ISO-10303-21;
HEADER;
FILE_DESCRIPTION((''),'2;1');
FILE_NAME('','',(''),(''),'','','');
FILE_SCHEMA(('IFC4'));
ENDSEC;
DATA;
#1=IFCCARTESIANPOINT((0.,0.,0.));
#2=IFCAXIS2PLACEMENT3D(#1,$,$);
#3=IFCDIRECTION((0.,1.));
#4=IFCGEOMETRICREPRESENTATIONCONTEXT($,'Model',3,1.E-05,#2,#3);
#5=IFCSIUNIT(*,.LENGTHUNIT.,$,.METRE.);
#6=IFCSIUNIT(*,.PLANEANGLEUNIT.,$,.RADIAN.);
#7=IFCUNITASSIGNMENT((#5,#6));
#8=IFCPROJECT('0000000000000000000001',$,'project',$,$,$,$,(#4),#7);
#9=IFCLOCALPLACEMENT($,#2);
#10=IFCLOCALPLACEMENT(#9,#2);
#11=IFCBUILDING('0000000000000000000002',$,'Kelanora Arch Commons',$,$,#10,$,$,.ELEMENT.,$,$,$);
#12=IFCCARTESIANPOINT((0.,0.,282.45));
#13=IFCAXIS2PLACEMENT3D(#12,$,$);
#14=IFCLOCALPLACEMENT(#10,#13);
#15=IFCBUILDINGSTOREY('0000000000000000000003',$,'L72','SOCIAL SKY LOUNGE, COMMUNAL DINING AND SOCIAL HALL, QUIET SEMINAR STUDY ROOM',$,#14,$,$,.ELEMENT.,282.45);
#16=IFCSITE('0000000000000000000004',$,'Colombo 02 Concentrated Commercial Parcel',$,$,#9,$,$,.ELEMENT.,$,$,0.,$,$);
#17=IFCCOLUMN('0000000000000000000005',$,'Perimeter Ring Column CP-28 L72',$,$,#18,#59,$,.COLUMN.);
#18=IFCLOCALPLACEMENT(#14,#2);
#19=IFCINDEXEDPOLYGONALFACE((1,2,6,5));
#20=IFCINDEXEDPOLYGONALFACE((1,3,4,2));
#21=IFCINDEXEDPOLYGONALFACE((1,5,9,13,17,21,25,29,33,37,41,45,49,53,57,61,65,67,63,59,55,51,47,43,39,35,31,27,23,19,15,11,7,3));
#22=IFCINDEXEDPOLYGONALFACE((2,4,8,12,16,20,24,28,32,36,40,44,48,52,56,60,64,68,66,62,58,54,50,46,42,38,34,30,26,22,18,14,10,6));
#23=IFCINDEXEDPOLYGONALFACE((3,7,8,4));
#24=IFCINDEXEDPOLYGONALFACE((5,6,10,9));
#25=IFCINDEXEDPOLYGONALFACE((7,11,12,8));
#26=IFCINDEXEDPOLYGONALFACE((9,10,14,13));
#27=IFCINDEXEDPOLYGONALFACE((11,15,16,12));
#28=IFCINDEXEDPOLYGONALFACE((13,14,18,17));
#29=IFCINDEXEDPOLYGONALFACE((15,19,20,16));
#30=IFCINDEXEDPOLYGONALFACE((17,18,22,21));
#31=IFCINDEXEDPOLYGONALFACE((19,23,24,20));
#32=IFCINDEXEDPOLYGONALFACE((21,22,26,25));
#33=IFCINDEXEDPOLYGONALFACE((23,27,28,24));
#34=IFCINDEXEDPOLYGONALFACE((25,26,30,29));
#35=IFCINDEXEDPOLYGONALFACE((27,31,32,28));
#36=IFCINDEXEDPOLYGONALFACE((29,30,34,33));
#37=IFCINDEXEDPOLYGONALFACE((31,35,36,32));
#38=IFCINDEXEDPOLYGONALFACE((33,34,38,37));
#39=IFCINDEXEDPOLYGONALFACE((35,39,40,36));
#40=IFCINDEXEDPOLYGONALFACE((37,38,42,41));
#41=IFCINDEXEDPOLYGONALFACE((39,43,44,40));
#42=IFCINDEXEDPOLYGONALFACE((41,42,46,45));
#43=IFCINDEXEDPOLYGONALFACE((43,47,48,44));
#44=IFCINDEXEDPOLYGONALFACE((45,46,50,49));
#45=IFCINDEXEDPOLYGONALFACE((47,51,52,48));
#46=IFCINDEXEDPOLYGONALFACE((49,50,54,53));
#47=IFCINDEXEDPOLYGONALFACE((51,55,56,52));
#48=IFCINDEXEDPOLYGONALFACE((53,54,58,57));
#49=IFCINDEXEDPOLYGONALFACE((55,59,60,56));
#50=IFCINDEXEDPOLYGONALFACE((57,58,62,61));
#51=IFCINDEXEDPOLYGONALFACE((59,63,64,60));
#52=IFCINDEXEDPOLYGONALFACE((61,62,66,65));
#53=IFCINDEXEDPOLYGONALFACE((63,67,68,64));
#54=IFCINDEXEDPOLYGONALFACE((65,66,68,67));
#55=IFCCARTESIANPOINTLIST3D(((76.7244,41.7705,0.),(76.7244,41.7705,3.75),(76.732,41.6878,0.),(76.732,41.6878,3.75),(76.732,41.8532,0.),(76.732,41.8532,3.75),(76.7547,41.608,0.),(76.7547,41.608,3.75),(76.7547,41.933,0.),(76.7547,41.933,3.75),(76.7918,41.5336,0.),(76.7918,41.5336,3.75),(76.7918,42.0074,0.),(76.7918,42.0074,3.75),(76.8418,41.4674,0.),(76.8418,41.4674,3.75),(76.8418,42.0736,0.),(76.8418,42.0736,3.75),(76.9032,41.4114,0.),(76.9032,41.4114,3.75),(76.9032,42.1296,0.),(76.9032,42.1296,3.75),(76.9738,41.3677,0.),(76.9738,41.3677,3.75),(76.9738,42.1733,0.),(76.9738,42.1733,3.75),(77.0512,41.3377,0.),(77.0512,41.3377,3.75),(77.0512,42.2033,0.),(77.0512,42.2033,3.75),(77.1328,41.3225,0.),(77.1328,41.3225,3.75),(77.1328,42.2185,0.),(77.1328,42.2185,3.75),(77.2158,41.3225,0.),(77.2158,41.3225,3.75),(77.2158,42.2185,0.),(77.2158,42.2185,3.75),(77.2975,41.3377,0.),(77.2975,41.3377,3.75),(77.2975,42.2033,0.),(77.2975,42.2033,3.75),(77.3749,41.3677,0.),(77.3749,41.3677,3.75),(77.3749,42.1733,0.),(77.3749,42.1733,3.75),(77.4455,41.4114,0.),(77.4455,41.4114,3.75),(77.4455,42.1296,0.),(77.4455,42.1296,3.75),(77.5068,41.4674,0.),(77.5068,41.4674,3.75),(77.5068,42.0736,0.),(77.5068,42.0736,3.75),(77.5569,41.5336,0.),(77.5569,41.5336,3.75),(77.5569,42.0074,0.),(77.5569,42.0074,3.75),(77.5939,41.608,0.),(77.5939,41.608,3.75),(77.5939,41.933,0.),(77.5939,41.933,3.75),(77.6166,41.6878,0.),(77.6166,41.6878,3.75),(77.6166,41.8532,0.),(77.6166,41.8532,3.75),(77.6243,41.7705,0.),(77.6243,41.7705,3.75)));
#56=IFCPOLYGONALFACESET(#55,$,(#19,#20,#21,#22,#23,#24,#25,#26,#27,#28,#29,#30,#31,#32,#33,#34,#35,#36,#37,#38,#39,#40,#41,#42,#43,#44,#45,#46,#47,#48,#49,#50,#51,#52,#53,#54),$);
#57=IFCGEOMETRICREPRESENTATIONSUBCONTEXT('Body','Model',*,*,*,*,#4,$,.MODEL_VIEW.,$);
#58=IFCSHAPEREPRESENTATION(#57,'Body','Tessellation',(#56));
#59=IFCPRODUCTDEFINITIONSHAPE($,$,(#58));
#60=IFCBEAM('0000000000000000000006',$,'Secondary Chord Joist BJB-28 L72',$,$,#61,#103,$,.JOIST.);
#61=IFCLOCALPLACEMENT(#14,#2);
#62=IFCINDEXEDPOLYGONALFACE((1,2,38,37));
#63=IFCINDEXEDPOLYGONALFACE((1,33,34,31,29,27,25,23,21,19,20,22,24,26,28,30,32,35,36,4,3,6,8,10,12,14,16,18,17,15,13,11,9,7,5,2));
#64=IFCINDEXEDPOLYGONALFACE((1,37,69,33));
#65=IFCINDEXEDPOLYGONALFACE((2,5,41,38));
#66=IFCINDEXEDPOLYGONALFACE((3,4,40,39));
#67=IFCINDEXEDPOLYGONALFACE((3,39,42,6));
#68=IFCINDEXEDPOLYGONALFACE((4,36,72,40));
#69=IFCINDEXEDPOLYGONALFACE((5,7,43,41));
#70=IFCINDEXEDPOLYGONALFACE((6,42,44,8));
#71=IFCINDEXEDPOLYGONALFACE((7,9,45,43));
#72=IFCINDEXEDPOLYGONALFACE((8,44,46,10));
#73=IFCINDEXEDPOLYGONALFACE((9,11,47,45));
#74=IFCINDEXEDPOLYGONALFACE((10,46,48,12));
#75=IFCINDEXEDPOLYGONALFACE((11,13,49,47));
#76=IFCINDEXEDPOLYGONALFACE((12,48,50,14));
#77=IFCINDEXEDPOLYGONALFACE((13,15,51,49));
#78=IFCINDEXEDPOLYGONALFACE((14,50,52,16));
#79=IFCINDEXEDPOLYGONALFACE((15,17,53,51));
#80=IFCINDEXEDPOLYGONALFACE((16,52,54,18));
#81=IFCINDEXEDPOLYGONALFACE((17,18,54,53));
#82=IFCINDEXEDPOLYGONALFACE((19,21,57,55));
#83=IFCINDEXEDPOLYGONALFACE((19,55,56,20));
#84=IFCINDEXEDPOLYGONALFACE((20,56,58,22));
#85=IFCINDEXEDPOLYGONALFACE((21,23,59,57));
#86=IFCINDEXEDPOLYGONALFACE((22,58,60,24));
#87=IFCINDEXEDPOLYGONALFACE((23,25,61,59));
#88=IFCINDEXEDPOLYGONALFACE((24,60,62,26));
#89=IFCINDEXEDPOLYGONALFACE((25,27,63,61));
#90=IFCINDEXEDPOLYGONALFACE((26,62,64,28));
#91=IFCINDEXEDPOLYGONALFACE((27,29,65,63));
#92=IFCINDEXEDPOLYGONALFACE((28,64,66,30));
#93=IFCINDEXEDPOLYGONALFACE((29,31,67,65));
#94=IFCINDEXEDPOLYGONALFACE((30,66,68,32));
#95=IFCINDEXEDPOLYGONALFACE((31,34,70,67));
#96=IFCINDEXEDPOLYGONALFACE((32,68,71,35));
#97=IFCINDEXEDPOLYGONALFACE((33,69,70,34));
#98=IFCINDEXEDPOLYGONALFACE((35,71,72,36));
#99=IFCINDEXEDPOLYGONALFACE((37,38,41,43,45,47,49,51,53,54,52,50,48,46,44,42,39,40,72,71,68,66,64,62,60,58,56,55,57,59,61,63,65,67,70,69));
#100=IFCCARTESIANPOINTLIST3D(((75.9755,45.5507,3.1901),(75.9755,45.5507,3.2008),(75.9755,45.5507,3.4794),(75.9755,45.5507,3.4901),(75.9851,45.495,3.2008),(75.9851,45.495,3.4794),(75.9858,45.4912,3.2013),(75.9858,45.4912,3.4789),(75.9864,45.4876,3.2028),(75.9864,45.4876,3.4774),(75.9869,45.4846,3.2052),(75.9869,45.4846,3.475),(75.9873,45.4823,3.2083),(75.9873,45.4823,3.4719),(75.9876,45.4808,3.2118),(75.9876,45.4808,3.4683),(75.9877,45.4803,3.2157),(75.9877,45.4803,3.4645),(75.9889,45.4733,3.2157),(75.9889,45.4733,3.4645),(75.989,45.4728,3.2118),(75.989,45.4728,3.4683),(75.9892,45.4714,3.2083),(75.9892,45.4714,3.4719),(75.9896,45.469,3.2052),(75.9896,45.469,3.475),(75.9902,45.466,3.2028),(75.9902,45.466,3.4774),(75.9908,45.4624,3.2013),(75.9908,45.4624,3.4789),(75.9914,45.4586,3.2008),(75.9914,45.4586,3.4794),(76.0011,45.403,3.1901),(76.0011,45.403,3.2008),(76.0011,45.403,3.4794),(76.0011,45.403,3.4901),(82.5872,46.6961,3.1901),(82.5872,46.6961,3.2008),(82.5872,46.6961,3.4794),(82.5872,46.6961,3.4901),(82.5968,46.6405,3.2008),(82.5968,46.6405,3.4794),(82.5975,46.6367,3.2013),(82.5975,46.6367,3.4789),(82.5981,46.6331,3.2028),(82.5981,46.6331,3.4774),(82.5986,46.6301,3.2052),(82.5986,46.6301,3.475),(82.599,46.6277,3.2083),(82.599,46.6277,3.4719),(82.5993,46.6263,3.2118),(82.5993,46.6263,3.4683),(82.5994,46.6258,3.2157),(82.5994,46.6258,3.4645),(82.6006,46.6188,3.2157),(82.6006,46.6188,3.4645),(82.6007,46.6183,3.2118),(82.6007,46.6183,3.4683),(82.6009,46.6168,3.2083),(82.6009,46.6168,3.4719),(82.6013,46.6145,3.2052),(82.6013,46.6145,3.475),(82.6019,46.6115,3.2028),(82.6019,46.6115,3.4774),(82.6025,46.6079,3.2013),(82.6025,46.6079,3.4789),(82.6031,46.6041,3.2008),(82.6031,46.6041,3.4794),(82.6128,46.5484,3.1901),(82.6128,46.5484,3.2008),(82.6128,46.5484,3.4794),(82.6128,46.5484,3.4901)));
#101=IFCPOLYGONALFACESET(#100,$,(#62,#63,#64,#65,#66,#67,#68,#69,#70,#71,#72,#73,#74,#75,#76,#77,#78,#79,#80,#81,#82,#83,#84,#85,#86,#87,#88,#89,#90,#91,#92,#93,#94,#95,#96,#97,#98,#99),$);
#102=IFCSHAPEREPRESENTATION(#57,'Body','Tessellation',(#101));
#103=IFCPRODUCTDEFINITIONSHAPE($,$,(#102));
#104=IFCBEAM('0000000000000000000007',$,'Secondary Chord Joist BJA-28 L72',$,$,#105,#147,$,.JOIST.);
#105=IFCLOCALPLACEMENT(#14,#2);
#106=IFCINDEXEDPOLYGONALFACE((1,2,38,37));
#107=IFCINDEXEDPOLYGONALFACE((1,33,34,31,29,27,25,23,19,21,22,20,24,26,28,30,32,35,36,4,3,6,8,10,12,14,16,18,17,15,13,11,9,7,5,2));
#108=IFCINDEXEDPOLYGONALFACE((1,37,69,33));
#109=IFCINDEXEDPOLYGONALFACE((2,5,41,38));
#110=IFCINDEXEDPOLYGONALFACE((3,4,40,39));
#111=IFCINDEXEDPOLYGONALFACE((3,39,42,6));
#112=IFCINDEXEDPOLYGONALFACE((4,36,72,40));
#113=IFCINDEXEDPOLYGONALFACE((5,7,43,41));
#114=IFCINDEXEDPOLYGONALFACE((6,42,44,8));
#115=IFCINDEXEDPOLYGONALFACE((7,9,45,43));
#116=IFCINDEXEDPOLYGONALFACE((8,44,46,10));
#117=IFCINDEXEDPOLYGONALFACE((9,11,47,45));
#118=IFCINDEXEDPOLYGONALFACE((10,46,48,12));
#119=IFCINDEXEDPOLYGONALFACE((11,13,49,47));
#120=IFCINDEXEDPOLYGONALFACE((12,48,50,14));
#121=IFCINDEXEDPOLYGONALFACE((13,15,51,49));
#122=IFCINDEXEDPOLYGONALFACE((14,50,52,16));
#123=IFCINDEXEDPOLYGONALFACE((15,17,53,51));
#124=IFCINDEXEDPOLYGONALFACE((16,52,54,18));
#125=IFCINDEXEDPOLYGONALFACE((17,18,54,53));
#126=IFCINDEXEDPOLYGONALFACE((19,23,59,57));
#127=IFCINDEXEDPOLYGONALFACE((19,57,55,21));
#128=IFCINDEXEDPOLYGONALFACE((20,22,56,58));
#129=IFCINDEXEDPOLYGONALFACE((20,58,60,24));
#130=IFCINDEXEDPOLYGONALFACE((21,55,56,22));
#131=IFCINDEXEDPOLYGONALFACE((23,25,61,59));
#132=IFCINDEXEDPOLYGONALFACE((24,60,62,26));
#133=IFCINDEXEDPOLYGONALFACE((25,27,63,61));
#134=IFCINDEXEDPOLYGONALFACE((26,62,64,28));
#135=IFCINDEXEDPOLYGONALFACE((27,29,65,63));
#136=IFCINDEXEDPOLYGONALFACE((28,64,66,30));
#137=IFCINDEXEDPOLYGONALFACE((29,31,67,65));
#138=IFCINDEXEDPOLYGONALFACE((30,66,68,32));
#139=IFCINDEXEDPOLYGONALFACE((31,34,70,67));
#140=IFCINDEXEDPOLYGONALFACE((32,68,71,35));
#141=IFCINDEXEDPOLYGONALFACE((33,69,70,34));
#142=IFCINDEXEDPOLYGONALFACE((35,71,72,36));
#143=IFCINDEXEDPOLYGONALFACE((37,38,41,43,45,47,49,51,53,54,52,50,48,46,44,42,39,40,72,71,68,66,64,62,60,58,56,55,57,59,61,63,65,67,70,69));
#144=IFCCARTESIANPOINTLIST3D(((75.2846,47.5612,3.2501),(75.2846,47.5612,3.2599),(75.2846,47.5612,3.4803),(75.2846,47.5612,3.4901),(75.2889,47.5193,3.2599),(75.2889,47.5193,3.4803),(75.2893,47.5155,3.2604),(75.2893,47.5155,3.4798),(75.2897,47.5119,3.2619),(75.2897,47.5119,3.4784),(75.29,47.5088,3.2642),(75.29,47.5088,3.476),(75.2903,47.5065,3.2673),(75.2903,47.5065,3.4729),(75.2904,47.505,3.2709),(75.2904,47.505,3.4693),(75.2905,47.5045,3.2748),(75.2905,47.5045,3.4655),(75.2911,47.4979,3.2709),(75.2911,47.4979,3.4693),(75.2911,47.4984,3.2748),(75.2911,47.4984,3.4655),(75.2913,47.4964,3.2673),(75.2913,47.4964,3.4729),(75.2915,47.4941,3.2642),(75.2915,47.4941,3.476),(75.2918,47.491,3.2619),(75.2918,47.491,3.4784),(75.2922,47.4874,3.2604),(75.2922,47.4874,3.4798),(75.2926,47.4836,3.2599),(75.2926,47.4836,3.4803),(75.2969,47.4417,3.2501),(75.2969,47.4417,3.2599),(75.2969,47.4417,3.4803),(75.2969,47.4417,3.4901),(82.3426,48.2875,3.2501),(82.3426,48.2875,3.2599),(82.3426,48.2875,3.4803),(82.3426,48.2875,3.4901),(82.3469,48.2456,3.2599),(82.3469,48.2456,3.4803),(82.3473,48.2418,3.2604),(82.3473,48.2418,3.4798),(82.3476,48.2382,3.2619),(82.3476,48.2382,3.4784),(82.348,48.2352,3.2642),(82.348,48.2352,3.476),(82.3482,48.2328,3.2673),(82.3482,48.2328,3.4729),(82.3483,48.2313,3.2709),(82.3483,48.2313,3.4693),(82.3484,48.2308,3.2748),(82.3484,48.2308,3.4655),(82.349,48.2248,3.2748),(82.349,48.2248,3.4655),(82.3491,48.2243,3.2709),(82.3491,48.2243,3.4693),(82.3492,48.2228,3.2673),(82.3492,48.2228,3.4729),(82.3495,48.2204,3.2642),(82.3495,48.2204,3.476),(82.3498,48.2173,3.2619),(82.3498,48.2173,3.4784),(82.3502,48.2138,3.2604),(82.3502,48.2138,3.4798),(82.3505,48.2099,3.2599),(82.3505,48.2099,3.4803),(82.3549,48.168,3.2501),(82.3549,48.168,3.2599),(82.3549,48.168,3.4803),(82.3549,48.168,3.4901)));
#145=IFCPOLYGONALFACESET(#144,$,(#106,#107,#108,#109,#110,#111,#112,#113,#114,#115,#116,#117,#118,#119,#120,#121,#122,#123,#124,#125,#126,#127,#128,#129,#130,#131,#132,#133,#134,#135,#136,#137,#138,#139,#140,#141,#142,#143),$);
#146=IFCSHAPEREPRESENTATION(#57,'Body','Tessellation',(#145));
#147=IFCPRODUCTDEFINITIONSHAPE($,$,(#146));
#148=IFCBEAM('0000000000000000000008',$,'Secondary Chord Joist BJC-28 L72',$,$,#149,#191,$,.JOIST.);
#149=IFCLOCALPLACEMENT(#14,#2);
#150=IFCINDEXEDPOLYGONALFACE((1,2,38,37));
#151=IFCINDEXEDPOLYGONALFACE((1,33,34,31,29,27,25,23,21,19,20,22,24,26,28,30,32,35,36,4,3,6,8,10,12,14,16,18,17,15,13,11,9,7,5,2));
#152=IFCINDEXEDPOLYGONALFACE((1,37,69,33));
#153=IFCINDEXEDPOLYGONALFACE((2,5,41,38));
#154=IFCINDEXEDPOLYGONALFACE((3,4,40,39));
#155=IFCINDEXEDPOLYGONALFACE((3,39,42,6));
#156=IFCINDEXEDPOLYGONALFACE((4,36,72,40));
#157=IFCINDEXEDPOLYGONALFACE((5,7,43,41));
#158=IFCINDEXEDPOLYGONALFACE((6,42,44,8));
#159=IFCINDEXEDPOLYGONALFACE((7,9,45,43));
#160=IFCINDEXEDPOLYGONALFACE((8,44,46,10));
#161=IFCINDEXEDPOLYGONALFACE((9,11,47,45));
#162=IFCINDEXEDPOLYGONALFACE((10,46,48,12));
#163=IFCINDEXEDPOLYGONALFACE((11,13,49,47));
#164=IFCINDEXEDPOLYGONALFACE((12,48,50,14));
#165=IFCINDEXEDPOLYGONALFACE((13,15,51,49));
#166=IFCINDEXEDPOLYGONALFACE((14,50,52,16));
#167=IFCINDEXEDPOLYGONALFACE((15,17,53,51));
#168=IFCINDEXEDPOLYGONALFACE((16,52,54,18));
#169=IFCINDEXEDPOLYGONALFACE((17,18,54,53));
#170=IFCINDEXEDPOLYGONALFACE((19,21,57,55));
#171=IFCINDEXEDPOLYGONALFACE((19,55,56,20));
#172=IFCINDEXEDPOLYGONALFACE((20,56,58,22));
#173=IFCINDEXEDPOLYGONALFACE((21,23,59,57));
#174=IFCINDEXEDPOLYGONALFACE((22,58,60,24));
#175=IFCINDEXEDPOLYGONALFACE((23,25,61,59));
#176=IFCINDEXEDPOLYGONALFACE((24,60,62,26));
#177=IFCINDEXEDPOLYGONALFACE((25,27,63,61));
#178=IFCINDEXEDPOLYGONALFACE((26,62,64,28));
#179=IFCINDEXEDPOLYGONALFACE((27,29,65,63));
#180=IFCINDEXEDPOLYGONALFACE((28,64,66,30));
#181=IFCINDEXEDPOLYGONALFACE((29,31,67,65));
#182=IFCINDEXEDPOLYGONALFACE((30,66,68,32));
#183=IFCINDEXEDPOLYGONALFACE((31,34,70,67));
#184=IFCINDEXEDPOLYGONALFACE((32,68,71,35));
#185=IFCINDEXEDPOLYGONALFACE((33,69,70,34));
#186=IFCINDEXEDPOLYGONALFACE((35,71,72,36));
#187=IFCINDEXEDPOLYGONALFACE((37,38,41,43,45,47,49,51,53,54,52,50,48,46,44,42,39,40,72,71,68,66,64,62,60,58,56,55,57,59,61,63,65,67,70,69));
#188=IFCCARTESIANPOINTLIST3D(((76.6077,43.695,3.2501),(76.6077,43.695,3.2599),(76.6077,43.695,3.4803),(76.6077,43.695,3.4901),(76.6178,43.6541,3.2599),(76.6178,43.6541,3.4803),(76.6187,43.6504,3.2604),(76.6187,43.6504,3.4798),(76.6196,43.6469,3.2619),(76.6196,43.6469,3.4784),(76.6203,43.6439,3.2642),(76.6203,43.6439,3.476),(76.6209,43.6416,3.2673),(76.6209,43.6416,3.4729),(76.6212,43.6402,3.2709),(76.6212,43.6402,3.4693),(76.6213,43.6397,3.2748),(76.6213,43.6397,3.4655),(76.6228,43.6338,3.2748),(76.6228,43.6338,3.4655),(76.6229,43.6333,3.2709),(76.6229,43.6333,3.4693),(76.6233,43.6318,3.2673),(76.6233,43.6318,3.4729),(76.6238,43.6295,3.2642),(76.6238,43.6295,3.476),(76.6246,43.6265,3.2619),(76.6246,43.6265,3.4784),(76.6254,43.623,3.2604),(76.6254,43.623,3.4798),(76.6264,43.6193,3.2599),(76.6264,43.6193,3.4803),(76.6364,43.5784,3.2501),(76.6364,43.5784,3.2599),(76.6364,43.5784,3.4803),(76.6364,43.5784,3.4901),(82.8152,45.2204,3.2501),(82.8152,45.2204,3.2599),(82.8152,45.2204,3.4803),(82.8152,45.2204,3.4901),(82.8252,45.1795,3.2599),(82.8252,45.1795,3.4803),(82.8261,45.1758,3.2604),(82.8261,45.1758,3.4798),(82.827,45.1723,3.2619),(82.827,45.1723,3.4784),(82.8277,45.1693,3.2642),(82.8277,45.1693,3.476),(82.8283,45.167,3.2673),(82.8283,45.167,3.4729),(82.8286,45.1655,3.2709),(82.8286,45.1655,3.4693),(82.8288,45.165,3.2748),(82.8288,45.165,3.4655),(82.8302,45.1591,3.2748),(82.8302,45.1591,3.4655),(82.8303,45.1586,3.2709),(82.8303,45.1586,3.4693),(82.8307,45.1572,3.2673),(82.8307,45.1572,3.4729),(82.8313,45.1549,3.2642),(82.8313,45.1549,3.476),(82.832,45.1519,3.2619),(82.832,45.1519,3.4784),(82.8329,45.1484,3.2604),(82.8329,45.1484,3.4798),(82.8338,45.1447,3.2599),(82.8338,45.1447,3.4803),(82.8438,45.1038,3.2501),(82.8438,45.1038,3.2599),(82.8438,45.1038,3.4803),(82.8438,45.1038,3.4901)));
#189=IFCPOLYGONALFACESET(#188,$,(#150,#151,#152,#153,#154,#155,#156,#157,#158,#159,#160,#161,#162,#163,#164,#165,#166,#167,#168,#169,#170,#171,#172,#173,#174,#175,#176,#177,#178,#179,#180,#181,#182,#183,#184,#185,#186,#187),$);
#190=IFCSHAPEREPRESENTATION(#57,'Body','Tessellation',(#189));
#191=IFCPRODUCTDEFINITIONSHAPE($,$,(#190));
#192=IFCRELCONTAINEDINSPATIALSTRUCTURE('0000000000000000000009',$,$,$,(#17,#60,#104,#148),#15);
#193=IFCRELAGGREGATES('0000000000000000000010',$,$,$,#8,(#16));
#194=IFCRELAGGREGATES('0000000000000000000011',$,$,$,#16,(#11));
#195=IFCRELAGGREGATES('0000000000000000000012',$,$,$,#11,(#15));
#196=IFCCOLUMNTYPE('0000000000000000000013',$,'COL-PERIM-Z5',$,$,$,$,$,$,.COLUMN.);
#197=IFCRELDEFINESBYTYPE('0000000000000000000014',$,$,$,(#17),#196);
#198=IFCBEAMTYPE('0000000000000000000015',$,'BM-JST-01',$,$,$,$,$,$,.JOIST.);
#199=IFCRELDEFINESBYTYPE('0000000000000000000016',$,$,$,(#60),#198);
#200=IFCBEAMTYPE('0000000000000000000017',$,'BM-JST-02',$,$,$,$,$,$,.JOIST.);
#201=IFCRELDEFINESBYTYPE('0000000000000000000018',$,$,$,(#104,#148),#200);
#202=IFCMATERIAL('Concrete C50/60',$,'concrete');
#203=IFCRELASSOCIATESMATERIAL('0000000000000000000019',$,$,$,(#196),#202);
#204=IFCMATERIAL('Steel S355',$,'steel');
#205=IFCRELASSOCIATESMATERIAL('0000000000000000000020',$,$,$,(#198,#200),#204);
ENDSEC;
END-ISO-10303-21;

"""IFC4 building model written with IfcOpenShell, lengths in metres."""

from ifc_helpers import new_model, si_unit, direction, frame, origin, origin_2d, place, context, subcontext, project, spatial, circle, i_section, extrude, material, material_profile, profile_set, type_object, element, save


model = new_model("IFC4")

# Units and contexts
model_context = context("Model", 3, precision=1e-05, world=origin(), true_north=direction((0.0, 1.0)))
body_context = subcontext(model_context, "Body", "Model", "MODEL_VIEW")
ifc_project = project(units=[si_unit("LENGTHUNIT", "METRE"), si_unit("PLANEANGLEUNIT", "RADIAN")], contexts=[model_context])

# Site, building, storey
site_placement = place(None, origin())
site = spatial("IfcSite", under=ifc_project, at=site_placement, Name="Colombo 02 Concentrated Commercial Parcel", CompositionType="ELEMENT", RefElevation=0.0)
building_placement = place(site_placement, origin())
building = spatial("IfcBuilding", under=site, at=building_placement, Name="Kelanora Arch Commons", CompositionType="ELEMENT")
storey_placement = place(building_placement, frame((0.0, 0.0, 282.45)))
storey = spatial("IfcBuildingStorey", under=building, at=storey_placement, Name="L72", Description="SOCIAL SKY LOUNGE, COMMUNAL DINING AND SOCIAL HALL, QUIET SEMINAR STUDY ROOM", CompositionType="ELEMENT", Elevation=282.45)

# Column
ifc_material_1 = material(Name="Concrete C50/60", Category="concrete")
ifc_material_profile_1 = material_profile(ifc_material_1, circle(Radius=0.45, at=origin_2d()), Name="RCC900")
ifc_profile_set_1 = profile_set([ifc_material_profile_1], Name="Concrete C50/60")
column_type = type_object("IfcColumnType", Name="COL-PERIM-Z5", PredefinedType="COLUMN", material=ifc_profile_set_1)
column_placement = place(storey_placement, frame((77.1743, 41.7705, 0.0), z_axis=(0.0, 0.0, 1.0), x_axis=(1.0, 0.0, 0.0)))
element("IfcColumn", 1, at=column_placement, inside=storey, type_object=column_type, Name="Perimeter Ring Column CP-28 L72", PredefinedType="COLUMN", context=body_context, shape_type="SweptSolid", body=[
    extrude(circle(Radius=0.45, at=origin_2d()), origin(), (0.0, 0.0, 1.0), 3.75),
])

# Beams
ifc_material_2 = material(Name="Steel S355", Category="steel")
ifc_material_profile_2 = material_profile(ifc_material_2, i_section(OverallWidth=0.1499, OverallDepth=0.3, WebThickness=0.0071, FlangeThickness=0.0107, FilletRadius=0.0149, at=origin_2d()), Name="IPE300")
ifc_profile_set_2 = profile_set([ifc_material_profile_2], Name="Steel S355")
beam_type_1 = type_object("IfcBeamType", Name="BM-JST-01", PredefinedType="JOIST", material=ifc_profile_set_2)
beam_1_placement = place(storey_placement, frame((75.9883, 45.4768, 3.3401), z_axis=(0.985322, 0.170709, 0.0), x_axis=(-0.170709, 0.985322, 0.0)))
element("IfcBeam", 2, at=beam_1_placement, inside=storey, type_object=beam_type_1, Name="Secondary Chord Joist BJB-28 L72", PredefinedType="JOIST", context=body_context, shape_type="SweptSolid", body=[
    extrude(i_section(OverallWidth=0.1499, OverallDepth=0.3, WebThickness=0.0071, FlangeThickness=0.0107, FilletRadius=0.0149, at=origin_2d()), origin(), (0.0, 0.0, 1.0), 6.7102),
])
ifc_material_profile_3 = material_profile(ifc_material_2, i_section(OverallWidth=0.1201, OverallDepth=0.24, WebThickness=0.0061, FlangeThickness=0.0098, FilletRadius=0.0149, at=origin_2d()), Name="IPE240")
ifc_profile_set_3 = profile_set([ifc_material_profile_3], Name="Steel S355")
beam_type_2 = type_object("IfcBeamType", Name="BM-JST-02", PredefinedType="JOIST", material=ifc_profile_set_3)
beam_2_placement = place(storey_placement, frame((75.2908, 47.5015, 3.3701), z_axis=(0.994747, 0.102369, 0.0), x_axis=(-0.102369, 0.994747, 0.0)))
element("IfcBeam", 3, at=beam_2_placement, inside=storey, type_object=beam_type_2, Name="Secondary Chord Joist BJA-28 L72", PredefinedType="JOIST", context=body_context, shape_type="SweptSolid", body=[
    extrude(i_section(OverallWidth=0.1201, OverallDepth=0.24, WebThickness=0.0061, FlangeThickness=0.0098, FilletRadius=0.0149, at=origin_2d()), origin(), (0.0, 0.0, 1.0), 7.0952),
])
beam_3_placement = place(storey_placement, frame((76.6221, 43.6367, 3.3701), z_axis=(0.97111, 0.238633, 0.0), x_axis=(-0.238633, 0.97111, 0.0)))
element("IfcBeam", 4, at=beam_3_placement, inside=storey, type_object=beam_type_2, Name="Secondary Chord Joist BJC-28 L72", PredefinedType="JOIST", context=body_context, shape_type="SweptSolid", body=[
    extrude(i_section(OverallWidth=0.1201, OverallDepth=0.24, WebThickness=0.0061, FlangeThickness=0.0098, FilletRadius=0.0149, at=origin_2d()), origin(), (0.0, 0.0, 1.0), 6.3921),
])

save(model, "model.ifc")
